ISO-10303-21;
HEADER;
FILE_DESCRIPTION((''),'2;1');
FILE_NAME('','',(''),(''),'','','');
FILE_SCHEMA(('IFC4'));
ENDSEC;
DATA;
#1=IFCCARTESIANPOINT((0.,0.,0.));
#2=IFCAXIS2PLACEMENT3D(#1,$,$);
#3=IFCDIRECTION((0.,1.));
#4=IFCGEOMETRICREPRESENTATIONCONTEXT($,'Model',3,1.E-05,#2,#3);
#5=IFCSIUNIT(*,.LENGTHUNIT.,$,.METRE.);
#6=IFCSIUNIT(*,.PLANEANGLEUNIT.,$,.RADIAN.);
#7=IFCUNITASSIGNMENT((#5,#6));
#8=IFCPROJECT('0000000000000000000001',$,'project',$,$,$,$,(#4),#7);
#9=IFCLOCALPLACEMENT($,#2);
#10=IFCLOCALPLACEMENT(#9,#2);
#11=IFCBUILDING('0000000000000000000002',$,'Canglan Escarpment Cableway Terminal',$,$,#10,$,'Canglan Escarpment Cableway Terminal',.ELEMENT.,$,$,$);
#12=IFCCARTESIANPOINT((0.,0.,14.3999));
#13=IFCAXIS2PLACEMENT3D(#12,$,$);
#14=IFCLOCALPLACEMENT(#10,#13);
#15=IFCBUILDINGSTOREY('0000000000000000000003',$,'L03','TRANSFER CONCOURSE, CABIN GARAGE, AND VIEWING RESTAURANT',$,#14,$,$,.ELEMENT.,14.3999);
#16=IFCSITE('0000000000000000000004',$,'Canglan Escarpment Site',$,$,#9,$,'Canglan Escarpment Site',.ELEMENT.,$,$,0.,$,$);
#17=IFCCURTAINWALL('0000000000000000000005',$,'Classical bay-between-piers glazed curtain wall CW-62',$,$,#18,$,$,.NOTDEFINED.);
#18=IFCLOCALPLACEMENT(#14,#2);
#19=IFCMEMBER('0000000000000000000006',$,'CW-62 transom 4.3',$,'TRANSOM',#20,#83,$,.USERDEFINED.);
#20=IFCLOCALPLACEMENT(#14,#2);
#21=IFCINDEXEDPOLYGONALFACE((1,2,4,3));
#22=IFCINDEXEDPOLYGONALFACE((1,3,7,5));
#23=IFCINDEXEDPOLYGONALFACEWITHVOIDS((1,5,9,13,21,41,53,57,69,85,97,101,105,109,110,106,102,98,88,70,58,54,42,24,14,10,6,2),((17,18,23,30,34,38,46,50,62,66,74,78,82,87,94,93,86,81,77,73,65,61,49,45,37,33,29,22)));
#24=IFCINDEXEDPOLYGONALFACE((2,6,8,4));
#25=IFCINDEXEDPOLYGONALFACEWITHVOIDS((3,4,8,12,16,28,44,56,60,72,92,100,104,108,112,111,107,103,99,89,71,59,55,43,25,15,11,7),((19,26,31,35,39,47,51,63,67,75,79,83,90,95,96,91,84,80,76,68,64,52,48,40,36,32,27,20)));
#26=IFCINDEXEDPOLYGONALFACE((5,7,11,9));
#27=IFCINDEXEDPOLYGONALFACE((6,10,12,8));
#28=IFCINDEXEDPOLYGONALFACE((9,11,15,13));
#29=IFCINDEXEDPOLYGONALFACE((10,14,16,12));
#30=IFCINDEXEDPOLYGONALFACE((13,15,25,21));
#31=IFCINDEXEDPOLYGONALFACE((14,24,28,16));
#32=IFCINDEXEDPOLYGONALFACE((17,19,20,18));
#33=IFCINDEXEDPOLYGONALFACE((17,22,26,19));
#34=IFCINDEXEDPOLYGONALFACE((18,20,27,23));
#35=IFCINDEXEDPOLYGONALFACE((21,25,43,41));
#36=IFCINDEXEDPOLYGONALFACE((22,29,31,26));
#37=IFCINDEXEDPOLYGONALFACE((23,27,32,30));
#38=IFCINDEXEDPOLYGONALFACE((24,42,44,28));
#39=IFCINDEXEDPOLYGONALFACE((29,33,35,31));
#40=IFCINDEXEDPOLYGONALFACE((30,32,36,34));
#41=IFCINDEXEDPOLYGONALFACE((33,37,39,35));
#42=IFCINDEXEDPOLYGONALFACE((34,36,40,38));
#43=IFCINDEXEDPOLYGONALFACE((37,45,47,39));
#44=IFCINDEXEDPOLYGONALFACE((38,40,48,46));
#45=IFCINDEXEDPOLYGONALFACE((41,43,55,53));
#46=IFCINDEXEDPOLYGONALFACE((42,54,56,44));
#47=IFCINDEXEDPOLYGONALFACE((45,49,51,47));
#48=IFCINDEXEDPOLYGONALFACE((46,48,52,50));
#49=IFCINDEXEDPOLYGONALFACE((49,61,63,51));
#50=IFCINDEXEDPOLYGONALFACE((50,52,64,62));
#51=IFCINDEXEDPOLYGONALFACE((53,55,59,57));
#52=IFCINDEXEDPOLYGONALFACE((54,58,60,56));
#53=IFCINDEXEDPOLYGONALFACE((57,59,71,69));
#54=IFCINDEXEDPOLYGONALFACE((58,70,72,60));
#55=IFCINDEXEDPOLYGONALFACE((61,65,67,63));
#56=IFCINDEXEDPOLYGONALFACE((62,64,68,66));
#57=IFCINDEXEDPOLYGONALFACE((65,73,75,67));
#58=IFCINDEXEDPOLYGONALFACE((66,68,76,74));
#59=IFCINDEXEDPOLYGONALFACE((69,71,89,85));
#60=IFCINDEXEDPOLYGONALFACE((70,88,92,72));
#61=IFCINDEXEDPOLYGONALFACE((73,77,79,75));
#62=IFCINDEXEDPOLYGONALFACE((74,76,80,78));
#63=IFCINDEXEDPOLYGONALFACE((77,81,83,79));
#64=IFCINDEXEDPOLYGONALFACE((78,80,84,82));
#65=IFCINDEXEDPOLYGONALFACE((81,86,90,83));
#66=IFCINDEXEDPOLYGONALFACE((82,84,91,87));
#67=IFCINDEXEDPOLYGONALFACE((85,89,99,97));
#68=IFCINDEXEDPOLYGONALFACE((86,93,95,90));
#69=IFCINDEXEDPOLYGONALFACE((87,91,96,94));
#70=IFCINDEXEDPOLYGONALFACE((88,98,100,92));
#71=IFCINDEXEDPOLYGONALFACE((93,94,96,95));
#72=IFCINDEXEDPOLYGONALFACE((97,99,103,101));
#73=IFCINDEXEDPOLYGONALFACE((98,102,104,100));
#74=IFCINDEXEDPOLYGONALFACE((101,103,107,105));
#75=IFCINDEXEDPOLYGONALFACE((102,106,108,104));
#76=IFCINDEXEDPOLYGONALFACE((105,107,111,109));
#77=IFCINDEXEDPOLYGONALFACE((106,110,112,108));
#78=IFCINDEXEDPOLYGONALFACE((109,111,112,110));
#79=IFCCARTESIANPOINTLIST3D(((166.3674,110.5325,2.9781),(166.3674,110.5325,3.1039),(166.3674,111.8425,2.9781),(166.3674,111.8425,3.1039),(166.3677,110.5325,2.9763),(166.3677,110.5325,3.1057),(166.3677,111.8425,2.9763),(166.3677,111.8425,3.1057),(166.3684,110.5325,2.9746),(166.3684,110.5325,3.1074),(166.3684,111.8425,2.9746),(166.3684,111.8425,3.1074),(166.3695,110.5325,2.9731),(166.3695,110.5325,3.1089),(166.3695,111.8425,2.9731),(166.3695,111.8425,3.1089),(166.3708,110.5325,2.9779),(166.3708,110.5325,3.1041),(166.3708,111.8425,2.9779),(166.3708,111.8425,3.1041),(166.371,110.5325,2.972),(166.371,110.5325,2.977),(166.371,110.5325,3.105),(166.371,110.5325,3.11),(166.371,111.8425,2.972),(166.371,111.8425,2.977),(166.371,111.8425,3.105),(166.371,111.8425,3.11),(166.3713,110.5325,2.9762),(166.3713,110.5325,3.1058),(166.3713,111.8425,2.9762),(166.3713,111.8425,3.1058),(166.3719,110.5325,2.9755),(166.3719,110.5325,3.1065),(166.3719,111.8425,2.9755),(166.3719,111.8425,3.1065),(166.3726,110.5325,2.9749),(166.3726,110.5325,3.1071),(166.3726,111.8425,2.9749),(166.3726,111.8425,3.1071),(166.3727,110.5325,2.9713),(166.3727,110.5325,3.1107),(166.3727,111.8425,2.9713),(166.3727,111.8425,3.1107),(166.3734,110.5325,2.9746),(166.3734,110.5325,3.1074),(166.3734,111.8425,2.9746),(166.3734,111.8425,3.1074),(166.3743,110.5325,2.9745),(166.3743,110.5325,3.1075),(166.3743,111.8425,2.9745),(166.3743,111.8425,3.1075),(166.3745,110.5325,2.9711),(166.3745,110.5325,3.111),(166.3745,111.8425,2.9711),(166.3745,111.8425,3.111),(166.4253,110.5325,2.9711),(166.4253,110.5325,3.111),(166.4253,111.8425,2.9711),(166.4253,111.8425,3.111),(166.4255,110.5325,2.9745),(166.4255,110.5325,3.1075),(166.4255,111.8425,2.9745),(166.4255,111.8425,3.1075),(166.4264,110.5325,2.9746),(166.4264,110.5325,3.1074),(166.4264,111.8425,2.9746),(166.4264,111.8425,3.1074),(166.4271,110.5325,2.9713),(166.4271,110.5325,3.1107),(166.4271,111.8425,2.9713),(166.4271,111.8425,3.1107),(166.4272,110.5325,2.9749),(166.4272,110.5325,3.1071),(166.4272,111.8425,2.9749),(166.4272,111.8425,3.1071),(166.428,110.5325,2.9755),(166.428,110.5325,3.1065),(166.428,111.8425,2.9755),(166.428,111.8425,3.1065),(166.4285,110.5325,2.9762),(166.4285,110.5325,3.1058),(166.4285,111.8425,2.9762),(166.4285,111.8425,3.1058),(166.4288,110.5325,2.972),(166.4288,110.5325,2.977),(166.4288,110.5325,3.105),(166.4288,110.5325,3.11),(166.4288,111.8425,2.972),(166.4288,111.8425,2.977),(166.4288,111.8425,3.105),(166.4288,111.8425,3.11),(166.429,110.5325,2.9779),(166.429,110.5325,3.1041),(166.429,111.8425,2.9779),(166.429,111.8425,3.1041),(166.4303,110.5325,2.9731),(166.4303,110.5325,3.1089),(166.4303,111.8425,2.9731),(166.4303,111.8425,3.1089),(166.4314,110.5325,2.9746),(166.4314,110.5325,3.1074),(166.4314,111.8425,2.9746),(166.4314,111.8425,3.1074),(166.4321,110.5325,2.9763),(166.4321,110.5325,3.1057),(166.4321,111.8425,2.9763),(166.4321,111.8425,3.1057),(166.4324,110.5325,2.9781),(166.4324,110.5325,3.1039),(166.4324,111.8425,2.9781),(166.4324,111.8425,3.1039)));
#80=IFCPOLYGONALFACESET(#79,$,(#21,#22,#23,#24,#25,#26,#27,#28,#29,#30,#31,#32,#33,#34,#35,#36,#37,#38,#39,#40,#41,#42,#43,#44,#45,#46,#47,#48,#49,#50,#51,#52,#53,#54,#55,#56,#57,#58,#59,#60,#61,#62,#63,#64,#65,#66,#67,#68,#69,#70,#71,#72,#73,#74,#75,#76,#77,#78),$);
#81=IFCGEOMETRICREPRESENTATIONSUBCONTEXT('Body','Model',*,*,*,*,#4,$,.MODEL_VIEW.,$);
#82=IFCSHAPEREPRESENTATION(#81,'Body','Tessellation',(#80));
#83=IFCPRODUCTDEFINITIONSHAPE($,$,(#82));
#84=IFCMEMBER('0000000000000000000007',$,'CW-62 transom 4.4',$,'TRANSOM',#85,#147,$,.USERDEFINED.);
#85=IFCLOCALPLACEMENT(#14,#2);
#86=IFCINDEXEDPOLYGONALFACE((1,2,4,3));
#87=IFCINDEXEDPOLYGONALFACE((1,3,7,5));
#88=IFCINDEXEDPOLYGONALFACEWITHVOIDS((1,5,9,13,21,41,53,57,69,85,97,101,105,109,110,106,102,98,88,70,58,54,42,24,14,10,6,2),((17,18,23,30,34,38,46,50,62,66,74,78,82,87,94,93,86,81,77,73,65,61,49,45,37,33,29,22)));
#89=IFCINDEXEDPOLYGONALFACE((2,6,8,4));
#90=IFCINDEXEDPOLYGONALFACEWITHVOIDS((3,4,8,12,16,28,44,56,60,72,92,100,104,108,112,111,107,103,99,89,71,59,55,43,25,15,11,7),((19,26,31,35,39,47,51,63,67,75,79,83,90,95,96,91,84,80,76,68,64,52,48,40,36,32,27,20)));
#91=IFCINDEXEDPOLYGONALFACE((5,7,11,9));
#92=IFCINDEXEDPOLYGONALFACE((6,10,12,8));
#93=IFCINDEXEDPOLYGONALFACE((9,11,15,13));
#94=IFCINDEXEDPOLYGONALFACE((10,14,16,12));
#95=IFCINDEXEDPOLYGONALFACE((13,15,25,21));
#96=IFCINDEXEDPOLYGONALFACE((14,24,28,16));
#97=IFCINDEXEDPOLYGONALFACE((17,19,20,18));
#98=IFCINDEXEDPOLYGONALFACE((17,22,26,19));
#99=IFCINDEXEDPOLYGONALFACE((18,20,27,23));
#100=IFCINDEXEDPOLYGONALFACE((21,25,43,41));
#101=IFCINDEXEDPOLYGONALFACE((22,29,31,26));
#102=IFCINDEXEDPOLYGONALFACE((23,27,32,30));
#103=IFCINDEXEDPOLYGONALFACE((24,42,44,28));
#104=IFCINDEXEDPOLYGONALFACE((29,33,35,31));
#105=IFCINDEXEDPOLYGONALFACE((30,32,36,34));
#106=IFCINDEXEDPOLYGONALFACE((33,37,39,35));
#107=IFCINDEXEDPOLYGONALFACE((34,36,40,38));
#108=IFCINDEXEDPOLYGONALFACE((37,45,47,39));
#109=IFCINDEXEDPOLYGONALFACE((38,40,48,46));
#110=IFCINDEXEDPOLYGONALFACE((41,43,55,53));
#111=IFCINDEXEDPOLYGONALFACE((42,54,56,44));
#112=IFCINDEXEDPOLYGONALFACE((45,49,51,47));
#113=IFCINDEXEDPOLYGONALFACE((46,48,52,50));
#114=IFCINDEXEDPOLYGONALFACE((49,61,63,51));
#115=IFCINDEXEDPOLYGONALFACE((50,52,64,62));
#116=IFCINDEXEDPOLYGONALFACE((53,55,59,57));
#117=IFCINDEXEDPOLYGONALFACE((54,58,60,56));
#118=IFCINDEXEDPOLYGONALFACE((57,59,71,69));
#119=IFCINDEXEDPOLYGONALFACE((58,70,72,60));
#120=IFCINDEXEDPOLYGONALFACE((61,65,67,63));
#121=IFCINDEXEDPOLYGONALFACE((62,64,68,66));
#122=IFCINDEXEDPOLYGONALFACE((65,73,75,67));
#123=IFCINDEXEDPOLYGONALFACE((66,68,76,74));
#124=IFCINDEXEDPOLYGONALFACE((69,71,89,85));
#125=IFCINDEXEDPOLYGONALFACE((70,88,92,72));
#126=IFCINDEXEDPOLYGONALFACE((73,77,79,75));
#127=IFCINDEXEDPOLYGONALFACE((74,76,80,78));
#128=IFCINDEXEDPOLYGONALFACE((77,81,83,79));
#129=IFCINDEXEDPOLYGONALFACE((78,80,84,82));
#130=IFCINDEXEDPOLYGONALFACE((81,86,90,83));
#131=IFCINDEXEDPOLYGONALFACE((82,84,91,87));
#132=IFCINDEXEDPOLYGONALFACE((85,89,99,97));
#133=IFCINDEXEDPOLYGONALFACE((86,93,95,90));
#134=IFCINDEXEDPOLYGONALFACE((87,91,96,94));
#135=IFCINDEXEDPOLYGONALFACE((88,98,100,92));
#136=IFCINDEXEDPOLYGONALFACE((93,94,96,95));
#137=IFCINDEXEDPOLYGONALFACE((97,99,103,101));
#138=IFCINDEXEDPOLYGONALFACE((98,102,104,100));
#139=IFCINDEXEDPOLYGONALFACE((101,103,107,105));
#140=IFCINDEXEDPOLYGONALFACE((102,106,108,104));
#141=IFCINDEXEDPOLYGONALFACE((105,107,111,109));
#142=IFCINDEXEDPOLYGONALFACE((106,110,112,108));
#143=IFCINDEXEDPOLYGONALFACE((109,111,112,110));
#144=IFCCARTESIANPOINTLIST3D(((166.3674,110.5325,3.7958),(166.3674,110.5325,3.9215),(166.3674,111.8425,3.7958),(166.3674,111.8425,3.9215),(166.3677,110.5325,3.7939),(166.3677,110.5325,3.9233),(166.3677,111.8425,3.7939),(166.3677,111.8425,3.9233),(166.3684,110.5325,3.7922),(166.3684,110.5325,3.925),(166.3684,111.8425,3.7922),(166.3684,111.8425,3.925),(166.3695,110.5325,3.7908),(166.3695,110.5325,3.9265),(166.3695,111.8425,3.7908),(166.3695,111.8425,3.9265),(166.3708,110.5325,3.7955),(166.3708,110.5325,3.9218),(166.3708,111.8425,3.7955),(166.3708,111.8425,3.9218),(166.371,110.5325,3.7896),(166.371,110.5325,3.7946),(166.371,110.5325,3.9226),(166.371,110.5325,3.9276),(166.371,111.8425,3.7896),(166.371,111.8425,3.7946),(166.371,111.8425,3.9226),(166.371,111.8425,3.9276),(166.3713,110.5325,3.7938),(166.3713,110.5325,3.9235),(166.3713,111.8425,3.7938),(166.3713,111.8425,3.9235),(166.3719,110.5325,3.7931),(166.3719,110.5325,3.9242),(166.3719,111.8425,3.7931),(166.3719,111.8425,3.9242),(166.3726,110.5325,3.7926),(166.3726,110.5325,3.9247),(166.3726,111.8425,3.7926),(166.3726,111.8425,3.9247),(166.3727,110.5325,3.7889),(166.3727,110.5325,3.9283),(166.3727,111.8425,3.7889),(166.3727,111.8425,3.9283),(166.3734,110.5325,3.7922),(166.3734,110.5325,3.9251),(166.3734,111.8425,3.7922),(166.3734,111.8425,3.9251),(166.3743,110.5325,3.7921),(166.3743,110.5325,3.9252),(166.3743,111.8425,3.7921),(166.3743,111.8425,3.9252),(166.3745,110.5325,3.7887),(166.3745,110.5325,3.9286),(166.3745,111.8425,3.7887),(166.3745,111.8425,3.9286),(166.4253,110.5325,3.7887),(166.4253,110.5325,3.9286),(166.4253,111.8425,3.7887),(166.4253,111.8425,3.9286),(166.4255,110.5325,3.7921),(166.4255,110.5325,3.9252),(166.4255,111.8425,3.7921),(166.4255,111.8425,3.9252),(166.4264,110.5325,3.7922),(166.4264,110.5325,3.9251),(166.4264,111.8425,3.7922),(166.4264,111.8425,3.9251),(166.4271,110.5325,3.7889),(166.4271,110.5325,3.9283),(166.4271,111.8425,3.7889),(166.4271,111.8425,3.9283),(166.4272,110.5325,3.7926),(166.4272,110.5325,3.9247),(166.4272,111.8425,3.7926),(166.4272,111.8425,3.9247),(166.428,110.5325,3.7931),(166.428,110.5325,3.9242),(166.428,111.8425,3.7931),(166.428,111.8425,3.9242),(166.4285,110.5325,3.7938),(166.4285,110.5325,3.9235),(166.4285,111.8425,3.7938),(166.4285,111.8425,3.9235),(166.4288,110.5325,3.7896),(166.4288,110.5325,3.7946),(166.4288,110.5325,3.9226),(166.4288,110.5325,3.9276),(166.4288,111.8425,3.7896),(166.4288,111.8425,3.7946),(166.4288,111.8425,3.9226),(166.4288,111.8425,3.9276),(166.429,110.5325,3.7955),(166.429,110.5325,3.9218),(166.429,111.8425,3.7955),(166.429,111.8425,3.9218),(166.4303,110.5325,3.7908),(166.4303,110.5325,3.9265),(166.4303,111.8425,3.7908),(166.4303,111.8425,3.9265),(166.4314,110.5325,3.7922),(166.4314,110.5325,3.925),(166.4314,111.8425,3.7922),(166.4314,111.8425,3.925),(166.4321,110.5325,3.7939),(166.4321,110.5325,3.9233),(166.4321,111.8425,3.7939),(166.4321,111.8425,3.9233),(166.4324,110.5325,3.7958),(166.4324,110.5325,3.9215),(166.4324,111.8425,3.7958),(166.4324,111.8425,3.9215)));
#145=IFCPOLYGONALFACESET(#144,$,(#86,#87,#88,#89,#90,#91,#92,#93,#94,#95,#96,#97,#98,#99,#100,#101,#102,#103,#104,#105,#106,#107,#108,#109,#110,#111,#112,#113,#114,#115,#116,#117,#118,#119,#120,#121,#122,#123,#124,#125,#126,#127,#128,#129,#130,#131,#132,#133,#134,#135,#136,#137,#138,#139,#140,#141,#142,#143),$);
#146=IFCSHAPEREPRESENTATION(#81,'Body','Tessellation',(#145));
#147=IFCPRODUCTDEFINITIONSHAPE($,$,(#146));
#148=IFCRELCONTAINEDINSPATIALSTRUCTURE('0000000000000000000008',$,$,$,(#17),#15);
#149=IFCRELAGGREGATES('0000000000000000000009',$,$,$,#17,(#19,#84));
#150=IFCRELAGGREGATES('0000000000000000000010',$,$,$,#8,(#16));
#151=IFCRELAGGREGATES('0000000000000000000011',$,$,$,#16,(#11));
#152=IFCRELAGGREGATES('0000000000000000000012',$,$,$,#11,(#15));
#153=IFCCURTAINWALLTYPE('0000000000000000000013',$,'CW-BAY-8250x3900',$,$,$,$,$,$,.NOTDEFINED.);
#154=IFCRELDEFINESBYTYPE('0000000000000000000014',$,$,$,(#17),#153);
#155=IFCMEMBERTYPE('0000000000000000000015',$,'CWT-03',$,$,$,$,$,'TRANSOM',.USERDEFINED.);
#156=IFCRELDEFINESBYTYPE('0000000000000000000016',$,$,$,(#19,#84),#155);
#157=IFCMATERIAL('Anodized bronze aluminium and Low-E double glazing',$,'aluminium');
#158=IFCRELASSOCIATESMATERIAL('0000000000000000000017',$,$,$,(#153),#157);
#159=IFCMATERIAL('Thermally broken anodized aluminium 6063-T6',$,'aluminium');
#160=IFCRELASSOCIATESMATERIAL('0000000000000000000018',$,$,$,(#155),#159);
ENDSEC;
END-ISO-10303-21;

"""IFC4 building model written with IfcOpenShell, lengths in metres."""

from ifc_helpers import new_model, si_unit, direction, frame, origin, origin_2d, place, context, subcontext, project, spatial, hollow_rectangle, extrude, material, material_profile, profile_set, type_object, element, aggregate, save


model = new_model("IFC4")

# Units and contexts
model_context = context("Model", 3, precision=1e-05, world=origin(), true_north=direction((0.0, 1.0)))
body_context = subcontext(model_context, "Body", "Model", "MODEL_VIEW")
ifc_project = project(units=[si_unit("LENGTHUNIT", "METRE"), si_unit("PLANEANGLEUNIT", "RADIAN")], contexts=[model_context])

# Site, building, storey
site_placement = place(None, origin())
site = spatial("IfcSite", under=ifc_project, at=site_placement, Name="Canglan Escarpment Site", LongName="Canglan Escarpment Site", CompositionType="ELEMENT", RefElevation=0.0)
building_placement = place(site_placement, origin())
building = spatial("IfcBuilding", under=site, at=building_placement, Name="Canglan Escarpment Cableway Terminal", LongName="Canglan Escarpment Cableway Terminal", CompositionType="ELEMENT")
storey_placement = place(building_placement, frame((0.0, 0.0, 14.3999)))
storey = spatial("IfcBuildingStorey", under=building, at=storey_placement, Name="L03", Description="TRANSFER CONCOURSE, CABIN GARAGE, AND VIEWING RESTAURANT", CompositionType="ELEMENT", Elevation=14.3999)

# Curtain wall, members
ifc_material_1 = material(Name="Anodized bronze aluminium and Low-E double glazing", Category="aluminium")
curtain_wall_type = type_object("IfcCurtainWallType", Name="CW-BAY-8250x3900", PredefinedType="NOTDEFINED", material=ifc_material_1)
curtain_wall_placement = place(storey_placement, origin())
curtain_wall = element("IfcCurtainWall", 1, at=curtain_wall_placement, inside=storey, type_object=curtain_wall_type, Name="Classical bay-between-piers glazed curtain wall CW-62", PredefinedType="NOTDEFINED")
ifc_material_2 = material(Name="Thermally broken anodized aluminium 6063-T6", Category="aluminium")
ifc_material_profile_1 = material_profile(ifc_material_2, hollow_rectangle(XDim=0.0649, YDim=0.1399, WallThickness=0.0034, InnerFilletRadius=0.0034, OuterFilletRadius=0.0071, at=origin_2d()), Name="ALU-TRAN 65x140x3.5")
ifc_profile_set_1 = profile_set([ifc_material_profile_1], Name="Thermally broken anodized aluminium 6063-T6")
member_type_1 = type_object("IfcMemberType", Name="CWT-03", ElementType="TRANSOM", PredefinedType="USERDEFINED", material=ifc_profile_set_1)
member_1_placement = place(storey_placement, frame((166.3999, 110.5325, 3.041), z_axis=(0.0, 1.0, 0.0), x_axis=(-1.0, 0.0, 0.0)))
member_1 = element("IfcMember", 2, at=member_1_placement, type_object=member_type_1, Name="CW-62 transom 4.3", ObjectType="TRANSOM", PredefinedType="USERDEFINED", context=body_context, shape_type="SweptSolid", body=[
    extrude(hollow_rectangle(XDim=0.0649, YDim=0.1399, WallThickness=0.0034, InnerFilletRadius=0.0034, OuterFilletRadius=0.0071, at=origin_2d()), origin(), (0.0, 0.0, 1.0), 1.3101),
])
member_2_placement = place(storey_placement, frame((166.3999, 110.5325, 3.8586), z_axis=(0.0, 1.0, 0.0), x_axis=(-1.0, 0.0, 0.0)))
member_2 = element("IfcMember", 3, at=member_2_placement, type_object=member_type_1, Name="CW-62 transom 4.4", ObjectType="TRANSOM", PredefinedType="USERDEFINED", context=body_context, shape_type="SweptSolid", body=[
    extrude(hollow_rectangle(XDim=0.0649, YDim=0.1399, WallThickness=0.0034, InnerFilletRadius=0.0034, OuterFilletRadius=0.0071, at=origin_2d()), origin(), (0.0, 0.0, 1.0), 1.3101),
])
aggregate(curtain_wall, [member_1, member_2])

save(model, "model.ifc")
